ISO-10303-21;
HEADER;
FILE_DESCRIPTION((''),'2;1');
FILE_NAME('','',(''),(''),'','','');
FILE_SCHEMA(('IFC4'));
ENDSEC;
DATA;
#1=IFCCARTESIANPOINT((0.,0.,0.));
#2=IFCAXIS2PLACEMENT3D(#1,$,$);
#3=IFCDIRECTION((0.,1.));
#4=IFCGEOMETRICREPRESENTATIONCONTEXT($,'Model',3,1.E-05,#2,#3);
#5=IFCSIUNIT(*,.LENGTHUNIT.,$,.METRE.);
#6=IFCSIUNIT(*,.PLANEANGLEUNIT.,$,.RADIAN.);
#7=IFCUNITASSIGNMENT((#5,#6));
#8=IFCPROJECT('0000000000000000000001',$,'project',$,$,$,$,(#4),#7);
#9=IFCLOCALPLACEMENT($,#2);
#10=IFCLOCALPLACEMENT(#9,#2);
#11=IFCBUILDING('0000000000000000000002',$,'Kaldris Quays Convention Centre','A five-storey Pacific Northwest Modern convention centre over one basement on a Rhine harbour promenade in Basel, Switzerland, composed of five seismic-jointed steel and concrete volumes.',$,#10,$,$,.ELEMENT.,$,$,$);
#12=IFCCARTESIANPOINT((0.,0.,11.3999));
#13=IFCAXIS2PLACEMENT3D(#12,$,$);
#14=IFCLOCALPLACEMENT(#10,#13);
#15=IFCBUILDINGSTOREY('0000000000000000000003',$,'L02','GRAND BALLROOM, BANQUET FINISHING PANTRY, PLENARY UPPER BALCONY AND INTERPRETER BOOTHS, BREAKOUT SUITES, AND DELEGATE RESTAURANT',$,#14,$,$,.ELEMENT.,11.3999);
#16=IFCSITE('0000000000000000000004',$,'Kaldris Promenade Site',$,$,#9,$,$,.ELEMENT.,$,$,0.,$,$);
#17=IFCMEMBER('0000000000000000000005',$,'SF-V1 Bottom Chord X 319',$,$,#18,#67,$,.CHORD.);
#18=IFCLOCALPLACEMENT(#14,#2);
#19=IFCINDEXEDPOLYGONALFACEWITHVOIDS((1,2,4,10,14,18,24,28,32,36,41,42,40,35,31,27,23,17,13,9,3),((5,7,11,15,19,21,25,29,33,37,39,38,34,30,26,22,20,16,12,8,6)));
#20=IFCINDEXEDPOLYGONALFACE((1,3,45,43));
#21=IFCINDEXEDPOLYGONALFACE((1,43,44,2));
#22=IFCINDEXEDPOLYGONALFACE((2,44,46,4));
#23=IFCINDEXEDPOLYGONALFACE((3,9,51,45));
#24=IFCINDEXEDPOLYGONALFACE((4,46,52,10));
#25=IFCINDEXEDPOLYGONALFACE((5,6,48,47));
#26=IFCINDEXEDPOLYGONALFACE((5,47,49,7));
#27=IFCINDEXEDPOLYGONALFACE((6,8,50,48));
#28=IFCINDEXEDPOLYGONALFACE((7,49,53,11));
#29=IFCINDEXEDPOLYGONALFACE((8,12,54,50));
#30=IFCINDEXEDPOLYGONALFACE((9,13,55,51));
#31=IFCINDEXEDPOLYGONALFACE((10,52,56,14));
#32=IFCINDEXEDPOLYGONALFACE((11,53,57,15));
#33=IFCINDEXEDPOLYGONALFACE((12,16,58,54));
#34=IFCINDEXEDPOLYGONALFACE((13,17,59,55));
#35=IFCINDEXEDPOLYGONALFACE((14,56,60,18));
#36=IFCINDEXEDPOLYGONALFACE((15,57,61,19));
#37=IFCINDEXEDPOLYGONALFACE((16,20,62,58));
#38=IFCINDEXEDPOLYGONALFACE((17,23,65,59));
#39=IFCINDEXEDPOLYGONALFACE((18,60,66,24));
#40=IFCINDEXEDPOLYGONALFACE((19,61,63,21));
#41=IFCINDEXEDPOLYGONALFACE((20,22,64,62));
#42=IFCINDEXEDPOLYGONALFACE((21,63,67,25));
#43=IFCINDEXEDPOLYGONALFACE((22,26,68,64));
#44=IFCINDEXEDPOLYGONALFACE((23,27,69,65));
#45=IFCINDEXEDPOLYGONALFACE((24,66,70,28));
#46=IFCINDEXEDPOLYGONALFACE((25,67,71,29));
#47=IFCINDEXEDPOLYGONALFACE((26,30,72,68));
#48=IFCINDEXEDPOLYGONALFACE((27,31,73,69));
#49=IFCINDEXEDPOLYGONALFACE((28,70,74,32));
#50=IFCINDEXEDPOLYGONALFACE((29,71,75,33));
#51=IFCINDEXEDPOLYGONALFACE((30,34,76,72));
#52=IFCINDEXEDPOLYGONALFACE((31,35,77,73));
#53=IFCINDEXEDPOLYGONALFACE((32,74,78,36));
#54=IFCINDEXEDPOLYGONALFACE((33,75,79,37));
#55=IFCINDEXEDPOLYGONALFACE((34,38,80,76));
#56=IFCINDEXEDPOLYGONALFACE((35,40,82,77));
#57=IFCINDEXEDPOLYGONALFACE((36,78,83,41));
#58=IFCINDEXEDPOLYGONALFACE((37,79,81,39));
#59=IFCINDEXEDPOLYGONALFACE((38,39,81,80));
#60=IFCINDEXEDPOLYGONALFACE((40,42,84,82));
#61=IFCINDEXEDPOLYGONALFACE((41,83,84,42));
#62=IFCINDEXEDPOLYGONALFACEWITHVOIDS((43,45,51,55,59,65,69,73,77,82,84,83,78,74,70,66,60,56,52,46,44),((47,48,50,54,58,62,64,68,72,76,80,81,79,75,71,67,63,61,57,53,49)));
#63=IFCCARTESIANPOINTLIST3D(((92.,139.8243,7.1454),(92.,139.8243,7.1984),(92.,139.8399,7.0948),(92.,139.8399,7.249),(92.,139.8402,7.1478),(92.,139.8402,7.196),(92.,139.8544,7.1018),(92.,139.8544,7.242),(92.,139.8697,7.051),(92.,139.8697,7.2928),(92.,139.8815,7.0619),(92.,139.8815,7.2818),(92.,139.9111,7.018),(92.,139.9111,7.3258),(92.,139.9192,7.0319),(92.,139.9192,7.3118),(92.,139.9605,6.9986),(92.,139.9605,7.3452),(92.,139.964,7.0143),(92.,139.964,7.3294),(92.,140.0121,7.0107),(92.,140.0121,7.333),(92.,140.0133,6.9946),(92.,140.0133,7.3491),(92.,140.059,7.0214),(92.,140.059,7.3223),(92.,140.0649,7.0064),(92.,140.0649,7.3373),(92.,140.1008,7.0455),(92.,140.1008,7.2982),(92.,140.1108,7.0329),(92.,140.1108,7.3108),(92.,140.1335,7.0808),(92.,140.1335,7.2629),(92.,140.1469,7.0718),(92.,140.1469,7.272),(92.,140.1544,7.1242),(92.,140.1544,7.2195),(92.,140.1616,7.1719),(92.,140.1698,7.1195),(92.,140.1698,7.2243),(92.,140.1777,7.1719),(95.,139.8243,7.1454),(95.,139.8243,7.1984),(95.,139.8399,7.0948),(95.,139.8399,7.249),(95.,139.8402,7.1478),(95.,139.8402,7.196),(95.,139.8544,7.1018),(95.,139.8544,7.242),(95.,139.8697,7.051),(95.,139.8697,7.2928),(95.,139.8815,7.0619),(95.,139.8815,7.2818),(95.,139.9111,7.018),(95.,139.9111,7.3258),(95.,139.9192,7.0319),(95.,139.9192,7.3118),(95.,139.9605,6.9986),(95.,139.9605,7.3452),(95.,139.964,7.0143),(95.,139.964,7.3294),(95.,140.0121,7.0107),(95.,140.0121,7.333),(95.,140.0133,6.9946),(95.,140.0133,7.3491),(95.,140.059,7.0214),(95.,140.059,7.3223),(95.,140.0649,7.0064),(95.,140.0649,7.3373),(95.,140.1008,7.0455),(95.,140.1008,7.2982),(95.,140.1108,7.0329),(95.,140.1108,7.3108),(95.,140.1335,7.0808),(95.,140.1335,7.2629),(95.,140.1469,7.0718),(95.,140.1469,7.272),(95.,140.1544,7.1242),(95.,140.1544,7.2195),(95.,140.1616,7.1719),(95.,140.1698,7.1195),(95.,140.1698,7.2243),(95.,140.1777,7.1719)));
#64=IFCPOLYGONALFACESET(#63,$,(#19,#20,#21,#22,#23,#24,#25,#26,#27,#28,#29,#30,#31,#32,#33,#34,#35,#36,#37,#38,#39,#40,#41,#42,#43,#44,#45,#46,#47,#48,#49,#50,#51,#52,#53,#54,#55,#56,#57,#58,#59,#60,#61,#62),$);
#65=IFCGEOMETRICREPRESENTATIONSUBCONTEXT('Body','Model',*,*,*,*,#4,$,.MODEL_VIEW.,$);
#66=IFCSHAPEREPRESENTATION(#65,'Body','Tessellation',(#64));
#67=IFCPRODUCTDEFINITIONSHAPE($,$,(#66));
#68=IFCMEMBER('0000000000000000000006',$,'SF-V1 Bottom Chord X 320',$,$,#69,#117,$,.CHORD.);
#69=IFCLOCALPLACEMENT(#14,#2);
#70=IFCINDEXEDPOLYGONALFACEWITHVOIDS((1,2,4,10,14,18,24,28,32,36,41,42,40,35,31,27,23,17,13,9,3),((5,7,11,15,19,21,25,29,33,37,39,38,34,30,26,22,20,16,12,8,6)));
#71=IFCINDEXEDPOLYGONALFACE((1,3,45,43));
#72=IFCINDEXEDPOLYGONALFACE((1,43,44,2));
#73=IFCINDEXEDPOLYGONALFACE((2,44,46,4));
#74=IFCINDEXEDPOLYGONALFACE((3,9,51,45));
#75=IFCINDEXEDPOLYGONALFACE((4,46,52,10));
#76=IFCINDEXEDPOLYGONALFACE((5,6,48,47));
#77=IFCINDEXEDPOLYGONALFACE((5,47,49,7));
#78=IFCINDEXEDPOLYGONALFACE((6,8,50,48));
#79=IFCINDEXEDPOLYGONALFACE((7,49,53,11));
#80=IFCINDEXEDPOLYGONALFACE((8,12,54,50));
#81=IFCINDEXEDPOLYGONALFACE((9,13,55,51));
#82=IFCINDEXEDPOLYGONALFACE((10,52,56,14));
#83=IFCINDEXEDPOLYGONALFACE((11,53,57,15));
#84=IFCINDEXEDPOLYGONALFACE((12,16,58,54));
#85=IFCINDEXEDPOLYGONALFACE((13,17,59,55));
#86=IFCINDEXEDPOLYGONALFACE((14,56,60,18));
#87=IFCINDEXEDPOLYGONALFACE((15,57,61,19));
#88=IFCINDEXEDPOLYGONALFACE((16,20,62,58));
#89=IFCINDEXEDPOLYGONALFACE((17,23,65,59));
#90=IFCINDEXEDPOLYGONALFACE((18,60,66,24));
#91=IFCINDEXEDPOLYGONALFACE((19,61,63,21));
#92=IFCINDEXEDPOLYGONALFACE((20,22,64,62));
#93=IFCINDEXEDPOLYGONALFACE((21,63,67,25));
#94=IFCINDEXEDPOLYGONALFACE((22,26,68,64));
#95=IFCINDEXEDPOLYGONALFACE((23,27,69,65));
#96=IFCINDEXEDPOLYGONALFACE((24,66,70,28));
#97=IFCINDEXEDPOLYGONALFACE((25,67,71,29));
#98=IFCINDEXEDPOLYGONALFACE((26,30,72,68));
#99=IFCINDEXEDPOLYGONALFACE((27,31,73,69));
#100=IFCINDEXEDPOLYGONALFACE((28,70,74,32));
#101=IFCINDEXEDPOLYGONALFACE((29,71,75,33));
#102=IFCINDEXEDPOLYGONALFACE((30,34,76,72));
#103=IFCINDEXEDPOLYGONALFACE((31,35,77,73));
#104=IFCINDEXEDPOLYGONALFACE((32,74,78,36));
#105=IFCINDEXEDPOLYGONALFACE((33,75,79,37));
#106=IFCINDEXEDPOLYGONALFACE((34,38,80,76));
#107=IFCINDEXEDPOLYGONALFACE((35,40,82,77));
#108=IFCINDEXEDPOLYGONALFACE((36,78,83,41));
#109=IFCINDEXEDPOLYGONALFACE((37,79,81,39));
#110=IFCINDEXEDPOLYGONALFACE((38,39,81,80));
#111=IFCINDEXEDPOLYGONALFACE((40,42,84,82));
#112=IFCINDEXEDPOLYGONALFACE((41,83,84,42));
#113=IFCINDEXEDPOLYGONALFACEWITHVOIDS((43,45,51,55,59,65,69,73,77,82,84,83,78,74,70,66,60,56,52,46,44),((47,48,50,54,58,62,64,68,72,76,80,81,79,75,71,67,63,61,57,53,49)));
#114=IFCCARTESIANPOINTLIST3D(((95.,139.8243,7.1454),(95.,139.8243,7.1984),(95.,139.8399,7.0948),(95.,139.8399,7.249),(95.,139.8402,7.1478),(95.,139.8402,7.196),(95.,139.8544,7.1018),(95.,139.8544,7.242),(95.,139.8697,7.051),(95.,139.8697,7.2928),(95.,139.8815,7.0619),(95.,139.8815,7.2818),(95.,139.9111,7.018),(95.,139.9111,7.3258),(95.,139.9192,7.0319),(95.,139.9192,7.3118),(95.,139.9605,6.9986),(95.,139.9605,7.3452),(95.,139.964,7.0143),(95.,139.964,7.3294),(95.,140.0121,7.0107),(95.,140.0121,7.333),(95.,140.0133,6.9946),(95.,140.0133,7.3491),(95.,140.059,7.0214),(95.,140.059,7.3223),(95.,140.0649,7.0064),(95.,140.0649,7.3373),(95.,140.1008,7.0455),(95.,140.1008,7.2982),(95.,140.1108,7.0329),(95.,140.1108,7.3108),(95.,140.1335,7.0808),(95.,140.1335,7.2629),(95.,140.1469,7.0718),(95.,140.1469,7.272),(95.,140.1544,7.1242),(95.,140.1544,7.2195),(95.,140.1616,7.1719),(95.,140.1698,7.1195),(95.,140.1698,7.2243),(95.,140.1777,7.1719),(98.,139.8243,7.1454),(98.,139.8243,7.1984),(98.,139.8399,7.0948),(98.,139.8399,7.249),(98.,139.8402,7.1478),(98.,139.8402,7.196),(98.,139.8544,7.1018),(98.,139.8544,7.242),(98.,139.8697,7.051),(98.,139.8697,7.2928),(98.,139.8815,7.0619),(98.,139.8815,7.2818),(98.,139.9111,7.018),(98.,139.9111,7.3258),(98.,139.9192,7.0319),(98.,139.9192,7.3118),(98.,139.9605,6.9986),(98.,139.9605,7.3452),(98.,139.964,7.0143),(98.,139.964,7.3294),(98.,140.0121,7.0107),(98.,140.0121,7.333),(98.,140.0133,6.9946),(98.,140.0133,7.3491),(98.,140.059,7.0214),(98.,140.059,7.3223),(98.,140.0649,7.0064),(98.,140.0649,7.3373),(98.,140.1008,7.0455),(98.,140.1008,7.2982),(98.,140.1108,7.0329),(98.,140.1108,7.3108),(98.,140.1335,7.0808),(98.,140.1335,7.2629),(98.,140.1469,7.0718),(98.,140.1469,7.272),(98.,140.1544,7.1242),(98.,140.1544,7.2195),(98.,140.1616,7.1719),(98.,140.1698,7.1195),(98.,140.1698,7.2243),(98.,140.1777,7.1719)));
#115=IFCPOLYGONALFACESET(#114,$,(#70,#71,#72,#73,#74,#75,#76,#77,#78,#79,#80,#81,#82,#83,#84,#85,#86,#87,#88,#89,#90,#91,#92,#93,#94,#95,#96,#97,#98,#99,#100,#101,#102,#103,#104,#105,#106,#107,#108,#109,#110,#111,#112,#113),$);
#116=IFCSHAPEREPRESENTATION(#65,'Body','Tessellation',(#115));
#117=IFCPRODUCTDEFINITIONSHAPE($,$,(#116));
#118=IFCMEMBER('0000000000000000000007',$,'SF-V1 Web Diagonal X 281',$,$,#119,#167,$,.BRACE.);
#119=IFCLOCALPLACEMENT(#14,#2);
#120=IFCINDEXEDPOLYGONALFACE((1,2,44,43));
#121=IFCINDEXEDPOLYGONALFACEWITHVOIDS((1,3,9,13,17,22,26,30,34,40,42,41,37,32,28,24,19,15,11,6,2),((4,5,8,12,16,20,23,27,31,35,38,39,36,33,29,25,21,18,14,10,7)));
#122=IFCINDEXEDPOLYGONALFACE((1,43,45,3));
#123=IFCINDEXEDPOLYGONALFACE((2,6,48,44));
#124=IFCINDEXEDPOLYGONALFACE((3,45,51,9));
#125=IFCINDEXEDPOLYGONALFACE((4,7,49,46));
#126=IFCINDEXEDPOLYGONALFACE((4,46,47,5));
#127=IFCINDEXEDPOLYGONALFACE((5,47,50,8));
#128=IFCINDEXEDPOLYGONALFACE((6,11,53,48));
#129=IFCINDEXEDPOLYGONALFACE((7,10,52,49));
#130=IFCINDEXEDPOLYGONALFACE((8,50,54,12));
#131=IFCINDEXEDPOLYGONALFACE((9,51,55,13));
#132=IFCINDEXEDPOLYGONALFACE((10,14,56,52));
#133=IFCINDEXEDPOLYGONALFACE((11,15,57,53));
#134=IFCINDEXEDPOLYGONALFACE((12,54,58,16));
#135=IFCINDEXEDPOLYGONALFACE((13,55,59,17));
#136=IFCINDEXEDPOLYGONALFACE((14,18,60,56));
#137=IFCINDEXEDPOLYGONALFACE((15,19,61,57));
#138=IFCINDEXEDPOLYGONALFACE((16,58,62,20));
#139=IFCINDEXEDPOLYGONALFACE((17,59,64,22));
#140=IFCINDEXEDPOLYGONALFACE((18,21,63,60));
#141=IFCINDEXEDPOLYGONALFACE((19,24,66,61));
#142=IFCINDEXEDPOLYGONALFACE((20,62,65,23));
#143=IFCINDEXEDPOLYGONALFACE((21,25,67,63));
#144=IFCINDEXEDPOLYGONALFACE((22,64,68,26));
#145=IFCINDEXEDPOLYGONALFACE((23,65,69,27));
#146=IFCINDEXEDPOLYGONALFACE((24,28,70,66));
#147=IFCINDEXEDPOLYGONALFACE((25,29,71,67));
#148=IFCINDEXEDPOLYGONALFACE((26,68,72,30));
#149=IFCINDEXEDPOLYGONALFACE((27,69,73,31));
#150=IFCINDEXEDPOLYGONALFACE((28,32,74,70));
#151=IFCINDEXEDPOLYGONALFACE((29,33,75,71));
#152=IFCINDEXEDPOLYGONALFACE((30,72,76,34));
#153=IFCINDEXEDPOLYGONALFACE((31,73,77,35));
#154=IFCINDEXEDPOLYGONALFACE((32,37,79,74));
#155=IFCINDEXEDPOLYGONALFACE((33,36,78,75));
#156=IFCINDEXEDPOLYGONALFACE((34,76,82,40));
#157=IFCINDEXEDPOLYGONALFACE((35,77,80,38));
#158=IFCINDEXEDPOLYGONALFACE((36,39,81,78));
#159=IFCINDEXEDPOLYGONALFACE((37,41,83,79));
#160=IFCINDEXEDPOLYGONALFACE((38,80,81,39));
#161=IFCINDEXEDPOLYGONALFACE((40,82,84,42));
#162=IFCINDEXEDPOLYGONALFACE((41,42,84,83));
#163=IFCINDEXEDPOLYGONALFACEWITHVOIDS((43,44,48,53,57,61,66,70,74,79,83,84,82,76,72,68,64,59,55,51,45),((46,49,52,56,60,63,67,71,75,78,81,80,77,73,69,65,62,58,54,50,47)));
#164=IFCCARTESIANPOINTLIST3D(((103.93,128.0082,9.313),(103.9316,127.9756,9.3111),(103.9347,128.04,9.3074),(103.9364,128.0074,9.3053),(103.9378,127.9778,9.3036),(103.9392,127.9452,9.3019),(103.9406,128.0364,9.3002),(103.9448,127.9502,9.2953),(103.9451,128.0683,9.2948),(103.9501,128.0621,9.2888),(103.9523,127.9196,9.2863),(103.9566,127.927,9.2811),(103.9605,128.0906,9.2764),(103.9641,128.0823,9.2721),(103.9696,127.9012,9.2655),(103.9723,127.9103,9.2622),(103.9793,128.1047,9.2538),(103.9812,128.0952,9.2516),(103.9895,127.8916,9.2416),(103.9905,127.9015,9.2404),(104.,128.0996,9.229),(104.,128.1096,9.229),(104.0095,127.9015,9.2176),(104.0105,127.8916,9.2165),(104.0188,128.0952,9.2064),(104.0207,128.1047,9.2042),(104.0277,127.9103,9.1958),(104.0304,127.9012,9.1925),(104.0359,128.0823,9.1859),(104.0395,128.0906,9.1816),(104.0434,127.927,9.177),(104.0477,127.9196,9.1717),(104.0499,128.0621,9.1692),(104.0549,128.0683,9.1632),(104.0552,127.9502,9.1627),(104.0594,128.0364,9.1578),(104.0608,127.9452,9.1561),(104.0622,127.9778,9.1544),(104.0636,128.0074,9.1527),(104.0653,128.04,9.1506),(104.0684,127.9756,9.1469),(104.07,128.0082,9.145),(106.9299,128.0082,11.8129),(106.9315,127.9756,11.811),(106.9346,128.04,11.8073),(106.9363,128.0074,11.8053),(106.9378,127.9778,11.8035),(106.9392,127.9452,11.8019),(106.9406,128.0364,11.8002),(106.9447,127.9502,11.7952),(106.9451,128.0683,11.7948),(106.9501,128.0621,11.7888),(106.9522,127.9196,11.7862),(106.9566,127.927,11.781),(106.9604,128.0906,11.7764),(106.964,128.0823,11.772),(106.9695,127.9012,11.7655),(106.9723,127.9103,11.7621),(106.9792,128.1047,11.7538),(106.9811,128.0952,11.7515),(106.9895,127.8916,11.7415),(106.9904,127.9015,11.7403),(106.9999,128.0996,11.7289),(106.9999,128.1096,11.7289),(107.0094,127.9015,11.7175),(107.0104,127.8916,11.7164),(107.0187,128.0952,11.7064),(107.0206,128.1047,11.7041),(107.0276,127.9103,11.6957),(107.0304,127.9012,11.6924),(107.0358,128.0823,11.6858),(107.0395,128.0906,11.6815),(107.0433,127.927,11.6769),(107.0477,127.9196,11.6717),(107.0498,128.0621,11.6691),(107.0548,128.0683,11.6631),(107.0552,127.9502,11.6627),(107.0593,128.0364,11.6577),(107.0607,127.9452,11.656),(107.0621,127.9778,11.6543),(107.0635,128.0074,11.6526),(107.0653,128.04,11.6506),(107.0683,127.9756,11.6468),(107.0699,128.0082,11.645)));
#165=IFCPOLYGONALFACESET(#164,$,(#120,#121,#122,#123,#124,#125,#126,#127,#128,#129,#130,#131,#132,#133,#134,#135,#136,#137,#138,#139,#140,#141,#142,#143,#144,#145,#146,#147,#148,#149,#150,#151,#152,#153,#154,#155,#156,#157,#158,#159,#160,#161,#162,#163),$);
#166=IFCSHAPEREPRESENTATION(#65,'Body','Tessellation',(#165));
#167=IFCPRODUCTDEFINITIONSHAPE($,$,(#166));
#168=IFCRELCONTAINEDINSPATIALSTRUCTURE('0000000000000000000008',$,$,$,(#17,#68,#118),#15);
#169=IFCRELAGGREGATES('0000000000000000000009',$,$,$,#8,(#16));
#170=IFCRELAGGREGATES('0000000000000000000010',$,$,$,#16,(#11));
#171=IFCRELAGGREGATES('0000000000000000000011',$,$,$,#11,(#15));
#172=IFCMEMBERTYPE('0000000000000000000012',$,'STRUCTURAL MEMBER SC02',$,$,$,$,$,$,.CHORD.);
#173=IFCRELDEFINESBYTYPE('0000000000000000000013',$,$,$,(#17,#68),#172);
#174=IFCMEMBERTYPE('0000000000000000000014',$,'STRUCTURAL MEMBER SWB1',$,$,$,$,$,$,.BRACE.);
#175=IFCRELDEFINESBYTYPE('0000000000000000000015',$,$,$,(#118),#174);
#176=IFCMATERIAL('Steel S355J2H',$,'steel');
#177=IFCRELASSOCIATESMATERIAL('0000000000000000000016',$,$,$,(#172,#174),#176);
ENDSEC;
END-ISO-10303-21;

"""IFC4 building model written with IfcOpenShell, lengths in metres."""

from ifc_helpers import new_model, si_unit, direction, frame, origin, origin_2d, place, context, subcontext, project, spatial, hollow_circle, extrude, material, material_profile, profile_set, type_object, element, save


model = new_model("IFC4")

# Units and contexts
model_context = context("Model", 3, precision=1e-05, world=origin(), true_north=direction((0.0, 1.0)))
body_context = subcontext(model_context, "Body", "Model", "MODEL_VIEW")
ifc_project = project(units=[si_unit("LENGTHUNIT", "METRE"), si_unit("PLANEANGLEUNIT", "RADIAN")], contexts=[model_context])

# Site, building, storey
site_placement = place(None, origin())
site = spatial("IfcSite", under=ifc_project, at=site_placement, Name="Kaldris Promenade Site", CompositionType="ELEMENT", RefElevation=0.0)
building_placement = place(site_placement, origin())
building = spatial("IfcBuilding", under=site, at=building_placement, Name="Kaldris Quays Convention Centre", Description="A five-storey Pacific Northwest Modern convention centre over one basement on a Rhine harbour promenade in Basel, Switzerland, composed of five seismic-jointed steel and concrete volumes.", CompositionType="ELEMENT")
storey_placement = place(building_placement, frame((0.0, 0.0, 11.3999)))
storey = spatial("IfcBuildingStorey", under=building, at=storey_placement, Name="L02", Description="GRAND BALLROOM, BANQUET FINISHING PANTRY, PLENARY UPPER BALCONY AND INTERPRETER BOOTHS, BREAKOUT SUITES, AND DELEGATE RESTAURANT", CompositionType="ELEMENT", Elevation=11.3999)

# Members
ifc_material_1 = material(Name="Steel S355J2H", Category="steel")
ifc_material_profile_1 = material_profile(ifc_material_1, hollow_circle(Radius=0.1777, WallThickness=0.0161, at=origin_2d()), Name="CHS 355.6x16")
ifc_profile_set_1 = profile_set([ifc_material_profile_1], Name="Steel S355J2H")
member_type_1 = type_object("IfcMemberType", Name="STRUCTURAL MEMBER SC02", PredefinedType="CHORD", material=ifc_profile_set_1)
for number, where, z_axis, x_axis, name in (
    (1, (92.0, 140.0, 7.1719), (1.0, 0.0, 0.0), (0.0, 1.0, 0.0), "SF-V1 Bottom Chord X 319"),
    (2, (95.0, 140.0, 7.1719), (1.0, 0.0, 0.0), (0.0, 1.0, 0.0), "SF-V1 Bottom Chord X 320"),
):
    element("IfcMember", number, at=place(storey_placement, frame(where, z_axis=z_axis, x_axis=x_axis)), inside=storey, type_object=member_type_1, Name=name, PredefinedType="CHORD", context=body_context, shape_type="SweptSolid", body=[
        extrude(hollow_circle(Radius=0.1777, WallThickness=0.0161, at=origin_2d()), origin(), (0.0, 0.0, 1.0), 3.0),
    ])
ifc_material_profile_2 = material_profile(ifc_material_1, hollow_circle(Radius=0.1096, WallThickness=0.01, at=origin_2d()), Name="CHS 219.1x10")
ifc_profile_set_2 = profile_set([ifc_material_profile_2], Name="Steel S355J2H")
member_type_2 = type_object("IfcMemberType", Name="STRUCTURAL MEMBER SWB1", PredefinedType="BRACE", material=ifc_profile_set_2)
for number, where, z_axis, x_axis, name in (
    (3, (104.0, 128.0, 9.229), (0.768221, 0.0, 0.640184), (0.0, 1.0, 0.0), "SF-V1 Web Diagonal X 281"),
):
    element("IfcMember", number, at=place(storey_placement, frame(where, z_axis=z_axis, x_axis=x_axis)), inside=storey, type_object=member_type_2, Name=name, PredefinedType="BRACE", context=body_context, shape_type="SweptSolid", body=[
        extrude(hollow_circle(Radius=0.1096, WallThickness=0.01, at=origin_2d()), origin(), (0.0, 0.0, 1.0), 3.905),
    ])

save(model, "model.ifc")
